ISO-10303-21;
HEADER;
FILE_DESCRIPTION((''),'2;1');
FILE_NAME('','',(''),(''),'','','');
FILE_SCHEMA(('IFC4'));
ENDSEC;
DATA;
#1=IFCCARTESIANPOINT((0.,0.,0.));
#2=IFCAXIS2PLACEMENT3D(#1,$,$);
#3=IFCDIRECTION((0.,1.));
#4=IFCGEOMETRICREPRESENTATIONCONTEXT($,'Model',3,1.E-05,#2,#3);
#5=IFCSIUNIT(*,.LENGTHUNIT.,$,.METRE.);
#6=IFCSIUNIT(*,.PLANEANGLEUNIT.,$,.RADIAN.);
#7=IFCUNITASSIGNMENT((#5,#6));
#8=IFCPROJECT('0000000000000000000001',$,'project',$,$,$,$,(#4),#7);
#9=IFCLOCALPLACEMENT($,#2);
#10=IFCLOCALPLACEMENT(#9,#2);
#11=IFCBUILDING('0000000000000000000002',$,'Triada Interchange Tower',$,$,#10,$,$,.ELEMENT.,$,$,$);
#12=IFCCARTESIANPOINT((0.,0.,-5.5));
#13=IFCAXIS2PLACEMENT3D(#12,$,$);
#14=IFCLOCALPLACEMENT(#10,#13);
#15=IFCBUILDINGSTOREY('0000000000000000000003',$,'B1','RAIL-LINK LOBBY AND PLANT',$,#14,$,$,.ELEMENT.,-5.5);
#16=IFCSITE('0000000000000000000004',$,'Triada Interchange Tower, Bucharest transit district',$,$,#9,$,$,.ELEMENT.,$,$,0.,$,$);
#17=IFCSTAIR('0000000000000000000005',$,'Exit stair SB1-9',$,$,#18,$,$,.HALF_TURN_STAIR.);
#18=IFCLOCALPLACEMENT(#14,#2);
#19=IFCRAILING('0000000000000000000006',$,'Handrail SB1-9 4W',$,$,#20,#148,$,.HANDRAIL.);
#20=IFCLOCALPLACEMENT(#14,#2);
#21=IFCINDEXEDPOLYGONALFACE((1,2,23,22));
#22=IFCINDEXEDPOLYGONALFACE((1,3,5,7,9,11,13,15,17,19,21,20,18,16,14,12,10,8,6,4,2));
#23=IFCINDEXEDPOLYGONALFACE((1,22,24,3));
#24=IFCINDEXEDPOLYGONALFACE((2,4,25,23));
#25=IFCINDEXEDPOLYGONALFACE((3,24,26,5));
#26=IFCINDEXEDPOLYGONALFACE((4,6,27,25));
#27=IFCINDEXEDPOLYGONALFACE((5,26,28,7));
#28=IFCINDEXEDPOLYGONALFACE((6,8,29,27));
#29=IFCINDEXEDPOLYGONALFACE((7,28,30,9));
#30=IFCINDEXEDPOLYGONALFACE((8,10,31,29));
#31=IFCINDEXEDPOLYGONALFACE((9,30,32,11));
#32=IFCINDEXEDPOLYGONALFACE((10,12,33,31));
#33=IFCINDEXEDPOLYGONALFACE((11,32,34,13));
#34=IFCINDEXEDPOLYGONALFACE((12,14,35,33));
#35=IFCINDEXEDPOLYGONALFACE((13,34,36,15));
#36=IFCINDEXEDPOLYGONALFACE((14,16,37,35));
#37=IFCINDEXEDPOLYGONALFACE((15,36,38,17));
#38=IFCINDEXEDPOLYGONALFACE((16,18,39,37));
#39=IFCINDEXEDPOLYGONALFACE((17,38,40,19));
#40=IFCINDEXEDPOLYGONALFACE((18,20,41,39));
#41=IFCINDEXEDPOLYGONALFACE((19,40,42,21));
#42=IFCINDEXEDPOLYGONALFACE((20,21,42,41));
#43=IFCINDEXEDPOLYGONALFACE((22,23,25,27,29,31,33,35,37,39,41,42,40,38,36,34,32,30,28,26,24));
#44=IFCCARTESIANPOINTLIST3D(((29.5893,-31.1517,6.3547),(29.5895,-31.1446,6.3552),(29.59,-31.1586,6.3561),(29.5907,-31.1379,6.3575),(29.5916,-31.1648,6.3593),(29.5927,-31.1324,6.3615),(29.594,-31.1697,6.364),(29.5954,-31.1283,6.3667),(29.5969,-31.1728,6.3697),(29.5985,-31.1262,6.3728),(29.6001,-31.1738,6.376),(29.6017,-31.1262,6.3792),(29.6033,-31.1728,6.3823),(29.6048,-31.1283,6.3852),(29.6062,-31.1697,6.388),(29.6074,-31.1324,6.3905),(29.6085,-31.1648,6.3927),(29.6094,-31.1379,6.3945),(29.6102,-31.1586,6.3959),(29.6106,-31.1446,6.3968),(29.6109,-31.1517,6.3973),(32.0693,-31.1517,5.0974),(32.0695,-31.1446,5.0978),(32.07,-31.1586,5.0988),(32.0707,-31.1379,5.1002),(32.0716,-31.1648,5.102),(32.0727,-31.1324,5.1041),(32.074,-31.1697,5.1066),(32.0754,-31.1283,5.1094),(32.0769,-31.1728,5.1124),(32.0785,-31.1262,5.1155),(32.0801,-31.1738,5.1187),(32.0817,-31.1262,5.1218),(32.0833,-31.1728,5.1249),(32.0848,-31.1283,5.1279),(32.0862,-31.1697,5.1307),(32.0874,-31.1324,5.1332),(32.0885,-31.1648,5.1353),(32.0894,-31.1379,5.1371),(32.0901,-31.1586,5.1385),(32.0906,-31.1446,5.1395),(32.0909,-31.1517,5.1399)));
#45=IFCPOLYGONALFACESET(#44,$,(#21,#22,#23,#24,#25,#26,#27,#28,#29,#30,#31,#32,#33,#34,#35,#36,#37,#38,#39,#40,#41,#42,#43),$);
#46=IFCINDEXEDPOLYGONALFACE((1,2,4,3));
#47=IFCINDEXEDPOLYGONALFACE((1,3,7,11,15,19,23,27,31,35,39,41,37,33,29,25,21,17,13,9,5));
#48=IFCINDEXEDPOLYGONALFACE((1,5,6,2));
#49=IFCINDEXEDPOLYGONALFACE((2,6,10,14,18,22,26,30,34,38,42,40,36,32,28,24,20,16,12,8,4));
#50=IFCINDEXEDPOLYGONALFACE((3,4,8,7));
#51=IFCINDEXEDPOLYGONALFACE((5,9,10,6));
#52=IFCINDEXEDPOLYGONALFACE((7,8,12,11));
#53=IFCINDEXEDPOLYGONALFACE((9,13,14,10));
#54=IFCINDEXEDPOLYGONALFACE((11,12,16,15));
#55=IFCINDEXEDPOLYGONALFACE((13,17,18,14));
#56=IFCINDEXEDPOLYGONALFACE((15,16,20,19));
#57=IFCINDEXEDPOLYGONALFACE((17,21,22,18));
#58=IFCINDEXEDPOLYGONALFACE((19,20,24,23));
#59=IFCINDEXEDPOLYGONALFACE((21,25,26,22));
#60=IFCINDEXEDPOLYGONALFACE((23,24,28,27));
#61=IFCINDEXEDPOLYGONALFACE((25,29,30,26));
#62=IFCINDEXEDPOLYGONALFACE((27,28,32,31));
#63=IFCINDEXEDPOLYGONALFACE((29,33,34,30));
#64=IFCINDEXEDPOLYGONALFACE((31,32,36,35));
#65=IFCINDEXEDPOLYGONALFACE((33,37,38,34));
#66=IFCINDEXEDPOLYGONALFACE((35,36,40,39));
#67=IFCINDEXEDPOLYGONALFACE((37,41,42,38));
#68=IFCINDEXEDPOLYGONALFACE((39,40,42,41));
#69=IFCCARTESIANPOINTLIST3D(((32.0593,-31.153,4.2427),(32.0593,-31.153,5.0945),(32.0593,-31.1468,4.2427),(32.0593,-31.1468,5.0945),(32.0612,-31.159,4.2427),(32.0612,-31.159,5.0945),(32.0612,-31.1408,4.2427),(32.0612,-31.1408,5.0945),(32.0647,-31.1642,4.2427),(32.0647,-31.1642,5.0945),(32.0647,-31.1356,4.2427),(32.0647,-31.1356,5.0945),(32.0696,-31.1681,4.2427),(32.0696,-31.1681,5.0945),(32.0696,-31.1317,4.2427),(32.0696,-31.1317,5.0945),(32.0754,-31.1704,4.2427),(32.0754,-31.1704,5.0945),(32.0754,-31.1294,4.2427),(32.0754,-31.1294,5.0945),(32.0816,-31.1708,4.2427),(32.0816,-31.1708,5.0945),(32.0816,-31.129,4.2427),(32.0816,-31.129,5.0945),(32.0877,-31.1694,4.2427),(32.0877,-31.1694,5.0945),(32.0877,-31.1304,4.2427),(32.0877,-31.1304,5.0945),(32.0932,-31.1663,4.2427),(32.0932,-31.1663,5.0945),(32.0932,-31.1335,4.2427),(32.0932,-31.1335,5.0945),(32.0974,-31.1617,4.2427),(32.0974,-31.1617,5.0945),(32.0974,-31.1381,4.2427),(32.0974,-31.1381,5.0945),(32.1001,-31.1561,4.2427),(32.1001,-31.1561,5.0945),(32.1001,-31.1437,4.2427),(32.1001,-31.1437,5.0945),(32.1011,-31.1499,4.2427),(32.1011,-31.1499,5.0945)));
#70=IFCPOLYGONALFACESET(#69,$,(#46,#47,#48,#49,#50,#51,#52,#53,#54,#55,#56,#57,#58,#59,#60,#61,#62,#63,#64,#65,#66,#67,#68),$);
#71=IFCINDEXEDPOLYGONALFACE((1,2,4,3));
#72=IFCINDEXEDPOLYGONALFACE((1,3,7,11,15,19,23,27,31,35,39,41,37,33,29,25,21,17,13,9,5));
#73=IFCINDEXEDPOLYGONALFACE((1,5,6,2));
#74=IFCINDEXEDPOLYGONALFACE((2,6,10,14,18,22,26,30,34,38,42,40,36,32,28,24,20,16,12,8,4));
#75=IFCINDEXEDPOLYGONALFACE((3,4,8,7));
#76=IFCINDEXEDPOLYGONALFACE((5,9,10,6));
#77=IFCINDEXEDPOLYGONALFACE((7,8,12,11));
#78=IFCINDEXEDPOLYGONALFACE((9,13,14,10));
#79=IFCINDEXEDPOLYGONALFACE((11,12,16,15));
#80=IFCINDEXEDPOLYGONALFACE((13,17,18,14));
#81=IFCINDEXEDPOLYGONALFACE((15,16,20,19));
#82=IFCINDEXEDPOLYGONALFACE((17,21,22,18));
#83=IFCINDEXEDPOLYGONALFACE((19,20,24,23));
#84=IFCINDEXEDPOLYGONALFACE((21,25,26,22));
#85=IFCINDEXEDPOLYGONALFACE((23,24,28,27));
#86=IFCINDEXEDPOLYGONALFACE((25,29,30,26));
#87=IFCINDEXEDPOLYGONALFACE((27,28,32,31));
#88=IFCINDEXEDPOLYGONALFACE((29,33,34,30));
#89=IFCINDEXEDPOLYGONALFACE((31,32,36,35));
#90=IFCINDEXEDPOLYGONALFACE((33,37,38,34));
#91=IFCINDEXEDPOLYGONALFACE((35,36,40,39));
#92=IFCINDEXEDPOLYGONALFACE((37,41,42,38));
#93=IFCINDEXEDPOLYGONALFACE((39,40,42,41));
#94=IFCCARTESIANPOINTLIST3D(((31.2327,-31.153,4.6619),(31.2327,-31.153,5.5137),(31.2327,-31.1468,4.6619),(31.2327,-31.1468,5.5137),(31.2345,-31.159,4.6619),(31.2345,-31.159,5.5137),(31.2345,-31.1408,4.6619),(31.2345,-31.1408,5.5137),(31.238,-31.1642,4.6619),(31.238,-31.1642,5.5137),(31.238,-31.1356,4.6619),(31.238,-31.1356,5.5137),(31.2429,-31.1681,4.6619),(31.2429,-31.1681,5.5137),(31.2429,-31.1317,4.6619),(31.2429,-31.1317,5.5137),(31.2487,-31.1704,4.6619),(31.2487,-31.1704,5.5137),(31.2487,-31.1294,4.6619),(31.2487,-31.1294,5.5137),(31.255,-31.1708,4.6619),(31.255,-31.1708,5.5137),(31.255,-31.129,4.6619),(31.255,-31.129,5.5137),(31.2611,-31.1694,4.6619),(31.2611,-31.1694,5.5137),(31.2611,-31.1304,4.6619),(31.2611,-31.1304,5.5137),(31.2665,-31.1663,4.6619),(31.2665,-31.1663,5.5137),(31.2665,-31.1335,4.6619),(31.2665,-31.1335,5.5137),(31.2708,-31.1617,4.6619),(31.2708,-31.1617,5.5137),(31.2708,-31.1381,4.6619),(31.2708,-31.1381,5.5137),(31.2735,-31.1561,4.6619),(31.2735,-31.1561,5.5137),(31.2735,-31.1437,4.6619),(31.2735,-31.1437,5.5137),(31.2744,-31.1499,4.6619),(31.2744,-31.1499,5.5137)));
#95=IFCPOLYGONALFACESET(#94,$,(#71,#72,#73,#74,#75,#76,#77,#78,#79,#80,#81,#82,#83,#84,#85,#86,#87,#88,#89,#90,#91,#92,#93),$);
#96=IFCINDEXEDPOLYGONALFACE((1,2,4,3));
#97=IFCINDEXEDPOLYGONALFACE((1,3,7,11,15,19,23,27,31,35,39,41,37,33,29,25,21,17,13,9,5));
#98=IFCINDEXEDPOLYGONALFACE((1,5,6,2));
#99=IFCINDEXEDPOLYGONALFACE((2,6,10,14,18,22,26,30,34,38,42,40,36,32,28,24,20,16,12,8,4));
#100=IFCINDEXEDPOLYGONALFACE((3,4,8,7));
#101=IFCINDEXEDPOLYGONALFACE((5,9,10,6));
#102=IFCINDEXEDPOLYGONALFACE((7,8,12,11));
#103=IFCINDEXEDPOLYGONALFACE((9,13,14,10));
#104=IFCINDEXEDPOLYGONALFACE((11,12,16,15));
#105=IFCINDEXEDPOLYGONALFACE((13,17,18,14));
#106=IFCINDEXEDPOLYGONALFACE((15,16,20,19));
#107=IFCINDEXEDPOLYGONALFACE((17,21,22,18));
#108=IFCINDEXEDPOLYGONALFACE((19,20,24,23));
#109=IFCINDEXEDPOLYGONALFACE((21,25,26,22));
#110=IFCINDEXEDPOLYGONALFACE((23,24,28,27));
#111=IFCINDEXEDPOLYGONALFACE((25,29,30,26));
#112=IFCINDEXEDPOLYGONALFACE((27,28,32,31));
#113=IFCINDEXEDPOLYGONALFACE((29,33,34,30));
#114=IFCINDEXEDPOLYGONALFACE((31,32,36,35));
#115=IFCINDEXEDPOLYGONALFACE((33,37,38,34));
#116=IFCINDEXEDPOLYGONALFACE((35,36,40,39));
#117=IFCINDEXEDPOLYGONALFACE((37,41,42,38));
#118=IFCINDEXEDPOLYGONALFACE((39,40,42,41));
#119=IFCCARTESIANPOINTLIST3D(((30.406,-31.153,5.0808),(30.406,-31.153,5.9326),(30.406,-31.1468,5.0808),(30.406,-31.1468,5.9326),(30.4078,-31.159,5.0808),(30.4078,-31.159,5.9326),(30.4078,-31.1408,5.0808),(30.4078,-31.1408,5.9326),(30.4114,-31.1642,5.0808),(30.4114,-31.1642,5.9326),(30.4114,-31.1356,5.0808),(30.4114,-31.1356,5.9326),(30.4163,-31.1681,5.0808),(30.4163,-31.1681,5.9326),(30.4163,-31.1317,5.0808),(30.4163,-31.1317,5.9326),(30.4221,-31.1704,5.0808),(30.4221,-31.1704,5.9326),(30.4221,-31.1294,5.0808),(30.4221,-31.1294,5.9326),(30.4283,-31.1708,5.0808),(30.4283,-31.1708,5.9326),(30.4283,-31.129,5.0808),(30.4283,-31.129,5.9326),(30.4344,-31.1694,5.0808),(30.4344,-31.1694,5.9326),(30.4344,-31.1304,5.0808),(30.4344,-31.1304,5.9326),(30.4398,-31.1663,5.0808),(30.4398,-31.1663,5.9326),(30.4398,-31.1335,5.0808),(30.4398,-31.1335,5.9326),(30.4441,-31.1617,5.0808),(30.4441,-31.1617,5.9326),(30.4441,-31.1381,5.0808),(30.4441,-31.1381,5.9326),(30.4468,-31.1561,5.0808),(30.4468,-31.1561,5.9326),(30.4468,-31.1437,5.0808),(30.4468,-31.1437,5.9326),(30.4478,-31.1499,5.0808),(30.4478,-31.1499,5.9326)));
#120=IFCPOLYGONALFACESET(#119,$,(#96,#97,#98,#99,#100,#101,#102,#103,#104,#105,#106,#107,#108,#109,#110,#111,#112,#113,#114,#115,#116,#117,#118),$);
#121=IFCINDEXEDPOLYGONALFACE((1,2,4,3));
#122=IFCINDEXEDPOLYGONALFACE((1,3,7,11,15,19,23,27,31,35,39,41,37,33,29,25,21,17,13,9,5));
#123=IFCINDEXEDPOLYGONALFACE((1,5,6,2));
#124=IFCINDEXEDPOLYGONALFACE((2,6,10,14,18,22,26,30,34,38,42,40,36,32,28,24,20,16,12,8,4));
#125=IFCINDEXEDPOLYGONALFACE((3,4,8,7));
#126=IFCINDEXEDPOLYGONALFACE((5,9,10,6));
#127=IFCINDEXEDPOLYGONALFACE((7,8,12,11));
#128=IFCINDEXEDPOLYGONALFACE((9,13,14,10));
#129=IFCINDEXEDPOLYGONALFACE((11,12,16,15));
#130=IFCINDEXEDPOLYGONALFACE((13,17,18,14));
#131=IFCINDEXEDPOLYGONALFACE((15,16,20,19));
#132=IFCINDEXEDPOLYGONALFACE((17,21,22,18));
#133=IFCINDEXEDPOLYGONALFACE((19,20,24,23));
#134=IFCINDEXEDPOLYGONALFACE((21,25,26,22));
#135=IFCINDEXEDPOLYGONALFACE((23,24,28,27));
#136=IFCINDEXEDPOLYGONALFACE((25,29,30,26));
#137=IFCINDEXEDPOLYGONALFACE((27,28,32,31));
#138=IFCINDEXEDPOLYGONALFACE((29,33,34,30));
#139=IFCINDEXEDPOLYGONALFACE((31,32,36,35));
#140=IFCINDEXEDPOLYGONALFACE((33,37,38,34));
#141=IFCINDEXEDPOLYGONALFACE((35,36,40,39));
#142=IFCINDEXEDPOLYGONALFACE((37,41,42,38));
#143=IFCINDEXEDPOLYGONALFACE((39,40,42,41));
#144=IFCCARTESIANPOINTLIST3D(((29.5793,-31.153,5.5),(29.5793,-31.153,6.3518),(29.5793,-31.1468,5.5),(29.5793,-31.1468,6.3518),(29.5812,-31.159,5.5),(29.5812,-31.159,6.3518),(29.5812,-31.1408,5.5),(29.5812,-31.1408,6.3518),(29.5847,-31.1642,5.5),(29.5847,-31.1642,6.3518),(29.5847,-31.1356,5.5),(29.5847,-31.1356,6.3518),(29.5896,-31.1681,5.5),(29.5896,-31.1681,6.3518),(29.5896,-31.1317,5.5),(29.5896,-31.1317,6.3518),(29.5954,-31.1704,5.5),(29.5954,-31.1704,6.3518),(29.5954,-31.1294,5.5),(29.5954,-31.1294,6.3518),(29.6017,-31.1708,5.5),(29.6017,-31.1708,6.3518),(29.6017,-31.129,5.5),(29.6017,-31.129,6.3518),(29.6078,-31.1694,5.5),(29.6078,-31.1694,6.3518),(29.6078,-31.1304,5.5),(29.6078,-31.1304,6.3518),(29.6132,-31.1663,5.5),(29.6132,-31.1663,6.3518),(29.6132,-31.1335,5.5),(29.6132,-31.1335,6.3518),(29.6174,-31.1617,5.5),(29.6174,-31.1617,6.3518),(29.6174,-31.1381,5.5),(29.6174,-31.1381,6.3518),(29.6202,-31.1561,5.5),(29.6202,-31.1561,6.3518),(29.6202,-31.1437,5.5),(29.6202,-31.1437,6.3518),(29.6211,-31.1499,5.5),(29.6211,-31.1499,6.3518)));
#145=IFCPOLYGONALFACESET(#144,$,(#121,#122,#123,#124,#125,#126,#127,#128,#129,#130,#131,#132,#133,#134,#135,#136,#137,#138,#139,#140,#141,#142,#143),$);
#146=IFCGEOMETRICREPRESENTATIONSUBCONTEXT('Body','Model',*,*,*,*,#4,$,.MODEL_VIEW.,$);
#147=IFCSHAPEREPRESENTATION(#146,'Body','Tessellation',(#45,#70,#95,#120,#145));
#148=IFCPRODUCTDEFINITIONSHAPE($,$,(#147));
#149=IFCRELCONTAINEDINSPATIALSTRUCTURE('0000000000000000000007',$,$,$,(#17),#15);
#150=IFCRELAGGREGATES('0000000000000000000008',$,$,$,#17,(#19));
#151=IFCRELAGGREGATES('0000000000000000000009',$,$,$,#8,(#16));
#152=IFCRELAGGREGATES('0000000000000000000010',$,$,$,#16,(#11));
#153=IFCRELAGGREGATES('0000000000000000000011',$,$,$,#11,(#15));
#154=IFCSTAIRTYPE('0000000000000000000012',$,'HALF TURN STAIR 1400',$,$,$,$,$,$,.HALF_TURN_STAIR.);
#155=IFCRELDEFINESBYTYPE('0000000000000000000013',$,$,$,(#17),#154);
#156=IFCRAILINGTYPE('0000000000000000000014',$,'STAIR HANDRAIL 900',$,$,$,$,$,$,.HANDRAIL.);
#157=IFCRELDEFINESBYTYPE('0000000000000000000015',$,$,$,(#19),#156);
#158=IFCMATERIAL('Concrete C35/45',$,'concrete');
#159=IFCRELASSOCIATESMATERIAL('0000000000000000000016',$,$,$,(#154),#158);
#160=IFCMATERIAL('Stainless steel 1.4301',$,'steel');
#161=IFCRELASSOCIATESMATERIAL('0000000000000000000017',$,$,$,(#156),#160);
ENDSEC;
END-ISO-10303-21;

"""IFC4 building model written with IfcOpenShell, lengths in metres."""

from ifc_helpers import new_model, si_unit, direction, frame, origin, origin_2d, place, context, subcontext, project, spatial, circle, extrude, material, type_object, element, aggregate, save


model = new_model("IFC4")

# Units and contexts
model_context = context("Model", 3, precision=1e-05, world=origin(), true_north=direction((0.0, 1.0)))
body_context = subcontext(model_context, "Body", "Model", "MODEL_VIEW")
ifc_project = project(units=[si_unit("LENGTHUNIT", "METRE"), si_unit("PLANEANGLEUNIT", "RADIAN")], contexts=[model_context])

# Site, building, storey
site_placement = place(None, origin())
site = spatial("IfcSite", under=ifc_project, at=site_placement, Name="Triada Interchange Tower, Bucharest transit district", CompositionType="ELEMENT", RefElevation=0.0)
building_placement = place(site_placement, origin())
building = spatial("IfcBuilding", under=site, at=building_placement, Name="Triada Interchange Tower", CompositionType="ELEMENT")
storey_placement = place(building_placement, frame((0.0, 0.0, -5.5)))
storey = spatial("IfcBuildingStorey", under=building, at=storey_placement, Name="B1", Description="RAIL-LINK LOBBY AND PLANT", CompositionType="ELEMENT", Elevation=-5.5)

# Shared definitions
ifc_material_1 = material(Name="Concrete C35/45", Category="concrete")

# Stair, railing
stair_type = type_object("IfcStairType", Name="HALF TURN STAIR 1400", PredefinedType="HALF_TURN_STAIR", material=ifc_material_1)
stair_placement = place(storey_placement, origin())
stair = element("IfcStair", 1, at=stair_placement, inside=storey, type_object=stair_type, Name="Exit stair SB1-9", PredefinedType="HALF_TURN_STAIR")
ifc_material_2 = material(Name="Stainless steel 1.4301", Category="steel")
railing_type = type_object("IfcRailingType", Name="STAIR HANDRAIL 900", PredefinedType="HANDRAIL", material=ifc_material_2)
railing_1_placement = place(storey_placement, frame((32.0801, -31.1499, 4.2427)))
railing_1 = element("IfcRailing", 2, at=railing_1_placement, type_object=railing_type, Name="Handrail SB1-9 4W", PredefinedType="HANDRAIL", context=body_context, shape_type="SweptSolid", body=[
    extrude(circle(Radius=0.0239, at=origin_2d()), frame((0.0, 0.0, 0.876), z_axis=(-0.89192, 0.0, 0.452194), x_axis=(0.0, -1.0, 0.0)), (0.0, 0.0, 1.0), 2.7805),
    extrude(circle(Radius=0.021, at=origin_2d()), origin(), (0.0, 0.0, 1.0), 0.8518),
    extrude(circle(Radius=0.021, at=origin_2d()), frame((-0.8267, 0.0, 0.4192)), (0.0, 0.0, 1.0), 0.8518),
    extrude(circle(Radius=0.021, at=origin_2d()), frame((-1.6533, 0.0, 0.8381)), (0.0, 0.0, 1.0), 0.8518),
    extrude(circle(Radius=0.021, at=origin_2d()), frame((-2.48, 0.0, 1.2573)), (0.0, 0.0, 1.0), 0.8518),
])
aggregate(stair, [railing_1])

save(model, "model.ifc")
